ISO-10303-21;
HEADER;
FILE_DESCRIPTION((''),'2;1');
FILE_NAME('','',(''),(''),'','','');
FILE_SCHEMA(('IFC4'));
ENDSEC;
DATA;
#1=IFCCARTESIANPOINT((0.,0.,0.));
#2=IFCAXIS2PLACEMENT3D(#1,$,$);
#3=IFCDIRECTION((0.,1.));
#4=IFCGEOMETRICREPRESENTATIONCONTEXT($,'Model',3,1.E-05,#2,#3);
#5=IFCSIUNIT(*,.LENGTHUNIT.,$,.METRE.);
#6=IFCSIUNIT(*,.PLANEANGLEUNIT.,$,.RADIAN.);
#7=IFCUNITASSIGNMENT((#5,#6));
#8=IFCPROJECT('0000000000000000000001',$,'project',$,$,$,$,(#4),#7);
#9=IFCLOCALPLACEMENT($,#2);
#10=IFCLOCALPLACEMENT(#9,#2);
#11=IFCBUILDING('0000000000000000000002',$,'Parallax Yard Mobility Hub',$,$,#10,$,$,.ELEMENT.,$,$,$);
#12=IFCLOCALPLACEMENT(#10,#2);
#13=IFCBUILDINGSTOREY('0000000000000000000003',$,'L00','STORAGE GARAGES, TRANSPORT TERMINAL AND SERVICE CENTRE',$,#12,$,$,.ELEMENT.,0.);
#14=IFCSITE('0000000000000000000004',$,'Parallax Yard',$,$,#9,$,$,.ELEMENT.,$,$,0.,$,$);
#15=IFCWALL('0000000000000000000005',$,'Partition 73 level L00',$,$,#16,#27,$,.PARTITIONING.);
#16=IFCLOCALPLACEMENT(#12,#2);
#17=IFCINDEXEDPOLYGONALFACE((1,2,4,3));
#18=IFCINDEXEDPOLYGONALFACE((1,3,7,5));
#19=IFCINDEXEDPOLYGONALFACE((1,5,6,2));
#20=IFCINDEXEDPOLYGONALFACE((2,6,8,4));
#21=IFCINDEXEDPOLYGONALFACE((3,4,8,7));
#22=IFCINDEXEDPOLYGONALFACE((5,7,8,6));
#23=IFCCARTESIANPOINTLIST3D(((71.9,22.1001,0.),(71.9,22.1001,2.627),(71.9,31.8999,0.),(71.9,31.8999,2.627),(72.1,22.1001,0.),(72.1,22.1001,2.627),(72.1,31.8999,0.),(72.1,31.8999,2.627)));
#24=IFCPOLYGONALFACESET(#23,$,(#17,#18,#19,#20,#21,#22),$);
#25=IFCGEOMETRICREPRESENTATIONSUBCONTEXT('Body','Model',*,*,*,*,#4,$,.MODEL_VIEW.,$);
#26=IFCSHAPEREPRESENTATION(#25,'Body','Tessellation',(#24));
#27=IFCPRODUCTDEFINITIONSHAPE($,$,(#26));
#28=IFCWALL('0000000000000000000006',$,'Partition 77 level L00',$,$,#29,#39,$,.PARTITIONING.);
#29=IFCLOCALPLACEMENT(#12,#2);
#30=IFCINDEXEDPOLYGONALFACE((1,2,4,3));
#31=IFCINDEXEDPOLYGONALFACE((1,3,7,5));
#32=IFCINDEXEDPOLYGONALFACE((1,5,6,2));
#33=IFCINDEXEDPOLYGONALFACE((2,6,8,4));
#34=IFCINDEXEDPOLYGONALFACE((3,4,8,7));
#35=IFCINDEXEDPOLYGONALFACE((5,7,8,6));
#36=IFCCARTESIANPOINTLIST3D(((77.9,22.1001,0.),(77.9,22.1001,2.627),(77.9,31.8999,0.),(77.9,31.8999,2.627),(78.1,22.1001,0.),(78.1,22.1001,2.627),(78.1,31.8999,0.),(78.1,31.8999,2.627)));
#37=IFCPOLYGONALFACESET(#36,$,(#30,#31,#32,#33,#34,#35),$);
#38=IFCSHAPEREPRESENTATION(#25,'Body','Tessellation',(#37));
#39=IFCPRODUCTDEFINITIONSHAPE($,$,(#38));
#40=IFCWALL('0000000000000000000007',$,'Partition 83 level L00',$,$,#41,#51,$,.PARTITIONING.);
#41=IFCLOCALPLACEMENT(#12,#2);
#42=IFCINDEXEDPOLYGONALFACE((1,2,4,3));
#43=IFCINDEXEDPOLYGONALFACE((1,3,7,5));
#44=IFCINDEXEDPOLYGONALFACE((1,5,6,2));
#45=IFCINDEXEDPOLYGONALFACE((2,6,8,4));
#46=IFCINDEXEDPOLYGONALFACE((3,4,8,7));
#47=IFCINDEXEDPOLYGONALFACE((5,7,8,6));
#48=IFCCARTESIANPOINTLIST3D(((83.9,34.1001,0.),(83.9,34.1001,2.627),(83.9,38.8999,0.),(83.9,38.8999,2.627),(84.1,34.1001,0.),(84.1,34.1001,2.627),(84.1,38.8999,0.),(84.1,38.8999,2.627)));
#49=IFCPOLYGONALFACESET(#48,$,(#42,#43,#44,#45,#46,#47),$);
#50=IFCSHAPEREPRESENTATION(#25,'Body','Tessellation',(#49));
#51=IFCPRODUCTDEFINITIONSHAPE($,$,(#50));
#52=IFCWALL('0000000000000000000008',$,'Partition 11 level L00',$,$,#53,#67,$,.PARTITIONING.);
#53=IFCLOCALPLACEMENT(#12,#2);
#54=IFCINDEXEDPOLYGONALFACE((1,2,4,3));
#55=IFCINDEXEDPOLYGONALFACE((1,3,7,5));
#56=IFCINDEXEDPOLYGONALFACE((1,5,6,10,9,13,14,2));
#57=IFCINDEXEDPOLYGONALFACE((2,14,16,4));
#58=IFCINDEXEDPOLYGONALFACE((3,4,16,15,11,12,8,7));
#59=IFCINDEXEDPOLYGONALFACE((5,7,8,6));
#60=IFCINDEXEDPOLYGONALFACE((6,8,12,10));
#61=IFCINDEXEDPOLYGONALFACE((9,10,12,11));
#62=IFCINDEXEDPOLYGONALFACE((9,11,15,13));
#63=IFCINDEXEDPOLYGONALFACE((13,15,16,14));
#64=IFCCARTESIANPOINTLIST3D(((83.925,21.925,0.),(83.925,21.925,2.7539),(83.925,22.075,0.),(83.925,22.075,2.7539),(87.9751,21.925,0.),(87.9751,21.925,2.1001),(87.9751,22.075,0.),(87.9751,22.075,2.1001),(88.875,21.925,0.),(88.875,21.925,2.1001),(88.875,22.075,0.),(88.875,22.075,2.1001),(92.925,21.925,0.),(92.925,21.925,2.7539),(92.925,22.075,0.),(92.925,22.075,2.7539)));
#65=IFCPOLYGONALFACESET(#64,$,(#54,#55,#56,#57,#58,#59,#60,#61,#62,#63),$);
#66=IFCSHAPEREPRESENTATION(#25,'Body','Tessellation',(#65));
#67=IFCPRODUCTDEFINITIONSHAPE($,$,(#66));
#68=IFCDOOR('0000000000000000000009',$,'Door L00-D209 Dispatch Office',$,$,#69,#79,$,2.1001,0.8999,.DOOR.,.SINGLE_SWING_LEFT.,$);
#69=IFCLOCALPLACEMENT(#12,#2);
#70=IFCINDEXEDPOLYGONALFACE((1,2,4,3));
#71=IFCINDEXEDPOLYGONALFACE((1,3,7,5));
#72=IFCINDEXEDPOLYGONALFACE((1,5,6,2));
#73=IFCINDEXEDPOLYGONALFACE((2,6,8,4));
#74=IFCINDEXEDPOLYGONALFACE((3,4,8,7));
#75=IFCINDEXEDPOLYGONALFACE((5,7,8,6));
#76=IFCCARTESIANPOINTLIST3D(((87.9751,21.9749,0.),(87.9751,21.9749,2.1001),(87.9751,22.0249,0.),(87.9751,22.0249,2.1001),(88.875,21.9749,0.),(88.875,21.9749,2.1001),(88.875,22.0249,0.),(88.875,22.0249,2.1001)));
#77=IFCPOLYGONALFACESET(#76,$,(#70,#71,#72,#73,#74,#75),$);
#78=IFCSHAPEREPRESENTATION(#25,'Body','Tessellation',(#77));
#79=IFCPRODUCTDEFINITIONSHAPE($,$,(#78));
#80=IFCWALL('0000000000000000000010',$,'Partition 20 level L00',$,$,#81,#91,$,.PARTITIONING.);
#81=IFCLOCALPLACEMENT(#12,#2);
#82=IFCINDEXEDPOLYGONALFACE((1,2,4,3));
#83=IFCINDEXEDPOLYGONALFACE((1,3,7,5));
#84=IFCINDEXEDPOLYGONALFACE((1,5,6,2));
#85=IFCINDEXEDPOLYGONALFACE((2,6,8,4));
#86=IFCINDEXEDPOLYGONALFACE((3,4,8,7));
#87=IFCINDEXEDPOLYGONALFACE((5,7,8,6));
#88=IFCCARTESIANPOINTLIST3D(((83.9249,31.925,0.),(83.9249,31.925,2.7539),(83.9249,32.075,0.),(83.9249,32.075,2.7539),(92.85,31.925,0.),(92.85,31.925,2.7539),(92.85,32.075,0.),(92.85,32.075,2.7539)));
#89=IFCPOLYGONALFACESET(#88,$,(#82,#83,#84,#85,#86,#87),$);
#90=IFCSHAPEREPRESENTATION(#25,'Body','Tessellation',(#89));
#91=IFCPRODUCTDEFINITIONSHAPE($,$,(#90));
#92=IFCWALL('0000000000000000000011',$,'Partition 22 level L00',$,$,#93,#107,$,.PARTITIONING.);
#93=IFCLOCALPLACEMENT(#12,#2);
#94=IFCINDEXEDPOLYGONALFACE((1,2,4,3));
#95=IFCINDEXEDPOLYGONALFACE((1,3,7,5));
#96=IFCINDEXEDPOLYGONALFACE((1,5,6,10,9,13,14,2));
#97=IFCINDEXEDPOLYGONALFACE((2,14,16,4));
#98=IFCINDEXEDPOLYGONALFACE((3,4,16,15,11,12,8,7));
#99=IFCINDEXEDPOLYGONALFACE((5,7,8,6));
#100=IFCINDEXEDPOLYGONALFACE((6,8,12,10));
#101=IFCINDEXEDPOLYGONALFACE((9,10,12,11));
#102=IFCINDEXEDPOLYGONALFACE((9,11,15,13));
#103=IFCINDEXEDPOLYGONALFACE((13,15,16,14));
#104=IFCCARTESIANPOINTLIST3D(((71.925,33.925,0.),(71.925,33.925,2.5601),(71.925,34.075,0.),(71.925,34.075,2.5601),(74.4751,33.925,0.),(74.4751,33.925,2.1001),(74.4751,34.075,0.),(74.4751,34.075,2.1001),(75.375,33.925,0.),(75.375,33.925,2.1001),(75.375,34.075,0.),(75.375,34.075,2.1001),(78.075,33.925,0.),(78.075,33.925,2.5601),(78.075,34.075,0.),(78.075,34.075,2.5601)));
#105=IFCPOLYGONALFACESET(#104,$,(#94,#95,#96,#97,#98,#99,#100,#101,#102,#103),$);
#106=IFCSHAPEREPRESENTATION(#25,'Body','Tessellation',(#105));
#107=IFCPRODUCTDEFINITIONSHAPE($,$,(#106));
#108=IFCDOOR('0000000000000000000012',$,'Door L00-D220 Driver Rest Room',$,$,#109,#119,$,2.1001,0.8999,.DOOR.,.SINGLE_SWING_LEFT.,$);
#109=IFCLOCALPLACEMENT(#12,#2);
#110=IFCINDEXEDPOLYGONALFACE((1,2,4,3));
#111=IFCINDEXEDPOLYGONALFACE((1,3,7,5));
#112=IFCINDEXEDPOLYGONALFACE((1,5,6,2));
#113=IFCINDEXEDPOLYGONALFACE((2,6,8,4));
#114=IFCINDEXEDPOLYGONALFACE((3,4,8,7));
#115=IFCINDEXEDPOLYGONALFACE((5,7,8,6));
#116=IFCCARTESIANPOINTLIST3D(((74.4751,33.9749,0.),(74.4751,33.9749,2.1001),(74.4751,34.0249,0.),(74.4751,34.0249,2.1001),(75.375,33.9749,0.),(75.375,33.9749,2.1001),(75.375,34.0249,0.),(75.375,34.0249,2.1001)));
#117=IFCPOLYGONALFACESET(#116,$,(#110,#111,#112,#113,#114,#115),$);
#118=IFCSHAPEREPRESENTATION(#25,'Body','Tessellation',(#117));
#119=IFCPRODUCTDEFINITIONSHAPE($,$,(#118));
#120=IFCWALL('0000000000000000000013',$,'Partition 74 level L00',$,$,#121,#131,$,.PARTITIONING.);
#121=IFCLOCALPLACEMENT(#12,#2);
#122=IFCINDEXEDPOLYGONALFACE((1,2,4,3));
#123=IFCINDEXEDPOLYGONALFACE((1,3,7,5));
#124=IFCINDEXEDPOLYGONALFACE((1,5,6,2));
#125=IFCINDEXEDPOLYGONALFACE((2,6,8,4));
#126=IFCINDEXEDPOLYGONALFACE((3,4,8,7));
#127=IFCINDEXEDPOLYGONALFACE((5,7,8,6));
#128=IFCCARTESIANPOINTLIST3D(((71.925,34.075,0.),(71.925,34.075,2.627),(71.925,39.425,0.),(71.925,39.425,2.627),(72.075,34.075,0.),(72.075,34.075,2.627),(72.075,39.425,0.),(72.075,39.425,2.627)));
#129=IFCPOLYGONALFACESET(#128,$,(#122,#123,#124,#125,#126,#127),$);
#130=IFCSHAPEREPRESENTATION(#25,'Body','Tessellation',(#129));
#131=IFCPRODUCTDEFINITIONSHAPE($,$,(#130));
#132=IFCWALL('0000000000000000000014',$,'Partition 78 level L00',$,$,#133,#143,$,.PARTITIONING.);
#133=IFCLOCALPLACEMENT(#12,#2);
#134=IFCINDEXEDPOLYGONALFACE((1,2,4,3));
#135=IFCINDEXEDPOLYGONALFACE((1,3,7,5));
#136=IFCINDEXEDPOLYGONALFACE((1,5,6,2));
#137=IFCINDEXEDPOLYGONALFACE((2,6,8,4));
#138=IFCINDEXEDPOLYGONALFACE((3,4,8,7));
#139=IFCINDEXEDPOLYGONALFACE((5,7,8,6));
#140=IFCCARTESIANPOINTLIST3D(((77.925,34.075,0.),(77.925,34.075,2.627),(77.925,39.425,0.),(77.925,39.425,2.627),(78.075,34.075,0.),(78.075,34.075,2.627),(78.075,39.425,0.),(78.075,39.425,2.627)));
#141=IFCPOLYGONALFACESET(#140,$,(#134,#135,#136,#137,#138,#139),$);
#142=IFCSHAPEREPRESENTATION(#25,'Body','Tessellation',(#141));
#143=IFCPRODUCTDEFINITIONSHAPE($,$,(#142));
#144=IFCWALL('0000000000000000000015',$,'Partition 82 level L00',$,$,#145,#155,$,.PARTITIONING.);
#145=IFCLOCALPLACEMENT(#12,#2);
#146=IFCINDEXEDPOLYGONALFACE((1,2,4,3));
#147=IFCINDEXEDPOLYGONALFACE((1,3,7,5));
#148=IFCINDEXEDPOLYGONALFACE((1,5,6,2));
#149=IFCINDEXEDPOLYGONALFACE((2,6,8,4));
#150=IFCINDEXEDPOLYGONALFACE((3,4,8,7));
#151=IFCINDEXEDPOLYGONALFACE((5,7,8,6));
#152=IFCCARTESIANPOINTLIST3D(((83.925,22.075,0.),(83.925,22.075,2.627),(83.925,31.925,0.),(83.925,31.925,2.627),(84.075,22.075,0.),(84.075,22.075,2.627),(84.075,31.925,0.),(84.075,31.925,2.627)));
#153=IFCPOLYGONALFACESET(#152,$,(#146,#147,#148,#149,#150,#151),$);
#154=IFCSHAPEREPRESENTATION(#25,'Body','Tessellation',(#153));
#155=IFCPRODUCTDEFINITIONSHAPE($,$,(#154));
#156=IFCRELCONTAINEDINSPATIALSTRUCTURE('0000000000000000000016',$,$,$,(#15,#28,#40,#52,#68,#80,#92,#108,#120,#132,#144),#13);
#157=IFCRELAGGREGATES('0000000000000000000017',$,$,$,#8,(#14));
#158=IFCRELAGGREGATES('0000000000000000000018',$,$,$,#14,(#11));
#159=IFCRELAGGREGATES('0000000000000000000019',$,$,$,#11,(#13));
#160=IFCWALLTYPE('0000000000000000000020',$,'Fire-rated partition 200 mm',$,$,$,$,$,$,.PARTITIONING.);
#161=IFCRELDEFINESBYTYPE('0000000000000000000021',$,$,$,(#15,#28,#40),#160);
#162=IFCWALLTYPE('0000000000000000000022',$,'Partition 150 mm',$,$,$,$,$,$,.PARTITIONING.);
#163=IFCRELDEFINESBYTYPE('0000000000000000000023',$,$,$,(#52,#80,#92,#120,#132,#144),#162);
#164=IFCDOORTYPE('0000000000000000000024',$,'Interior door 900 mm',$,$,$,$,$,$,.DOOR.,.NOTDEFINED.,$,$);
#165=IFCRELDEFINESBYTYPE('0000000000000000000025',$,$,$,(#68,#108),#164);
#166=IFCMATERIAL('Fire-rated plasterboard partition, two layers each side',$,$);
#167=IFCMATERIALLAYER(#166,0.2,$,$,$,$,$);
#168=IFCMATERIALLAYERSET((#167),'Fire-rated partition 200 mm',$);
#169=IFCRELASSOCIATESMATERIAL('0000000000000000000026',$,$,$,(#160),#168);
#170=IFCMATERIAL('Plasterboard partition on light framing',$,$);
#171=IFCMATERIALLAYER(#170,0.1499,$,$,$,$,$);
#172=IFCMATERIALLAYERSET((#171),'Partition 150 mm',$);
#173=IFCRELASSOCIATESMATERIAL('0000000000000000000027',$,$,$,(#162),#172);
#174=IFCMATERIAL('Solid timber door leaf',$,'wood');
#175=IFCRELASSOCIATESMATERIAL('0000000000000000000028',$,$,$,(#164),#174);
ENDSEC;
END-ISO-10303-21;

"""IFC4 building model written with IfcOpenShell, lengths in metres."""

from ifc_helpers import new_model, si_unit, direction, frame, frame_2d, origin, place, context, subcontext, project, spatial, rectangle, extrude, material, layer, layer_set, type_object, element, fill, save


model = new_model("IFC4")

# Units and contexts
model_context = context("Model", 3, precision=1e-05, world=origin(), true_north=direction((0.0, 1.0)))
body_context = subcontext(model_context, "Body", "Model", "MODEL_VIEW")
ifc_project = project(units=[si_unit("LENGTHUNIT", "METRE"), si_unit("PLANEANGLEUNIT", "RADIAN")], contexts=[model_context])

# Site, building, storey
site_placement = place(None, origin())
site = spatial("IfcSite", under=ifc_project, at=site_placement, Name="Parallax Yard", CompositionType="ELEMENT", RefElevation=0.0)
building_placement = place(site_placement, origin())
building = spatial("IfcBuilding", under=site, at=building_placement, Name="Parallax Yard Mobility Hub", CompositionType="ELEMENT")
storey_placement = place(building_placement, origin())
storey = spatial("IfcBuildingStorey", under=building, at=storey_placement, Name="L00", Description="STORAGE GARAGES, TRANSPORT TERMINAL AND SERVICE CENTRE", CompositionType="ELEMENT", Elevation=0.0)

# Shared definitions
ifc_material_1 = material(Name="Fire-rated plasterboard partition, two layers each side")
ifc_layer_1 = layer(ifc_material_1, 0.2)
ifc_layer_set_1 = layer_set([ifc_layer_1], Name="Fire-rated partition 200 mm")
wall_type_1 = type_object("IfcWallType", Name="Fire-rated partition 200 mm", PredefinedType="PARTITIONING", material=ifc_layer_set_1)

# Walls
for number, where, z_axis, x_axis, name in (
    (1, (72.0, 22.1001, 0.0), (0.0, 0.0, 1.0), (0.0, 1.0, 0.0), "Partition 73 level L00"),
    (2, (78.0, 22.1001, 0.0), (0.0, 0.0, 1.0), (0.0, 1.0, 0.0), "Partition 77 level L00"),
):
    element("IfcWall", number, at=place(storey_placement, frame(where, z_axis=z_axis, x_axis=x_axis)), inside=storey, type_object=wall_type_1, Name=name, PredefinedType="PARTITIONING", context=body_context, shape_type="SweptSolid", body=[
        extrude(rectangle(XDim=9.7998, YDim=0.2, at=frame_2d((4.8999, 0.0))), origin(), (0.0, 0.0, 1.0), 2.627),
    ])
wall_1_placement = place(storey_placement, frame((84.0, 34.1001, 0.0), z_axis=(0.0, 0.0, 1.0), x_axis=(0.0, 1.0, 0.0)))
element("IfcWall", 3, at=wall_1_placement, inside=storey, type_object=wall_type_1, Name="Partition 83 level L00", PredefinedType="PARTITIONING", context=body_context, shape_type="SweptSolid", body=[
    extrude(rectangle(XDim=4.7998, YDim=0.2, at=frame_2d((2.3999, 0.0))), origin(), (0.0, 0.0, 1.0), 2.627),
])

# Wall, opening, door
ifc_material_2 = material(Name="Plasterboard partition on light framing")
ifc_layer_2 = layer(ifc_material_2, 0.1499)
ifc_layer_set_2 = layer_set([ifc_layer_2], Name="Partition 150 mm")
wall_type_2 = type_object("IfcWallType", Name="Partition 150 mm", PredefinedType="PARTITIONING", material=ifc_layer_set_2)
wall_2_placement = place(storey_placement, frame((83.925, 22.0, 0.0), z_axis=(0.0, 0.0, 1.0), x_axis=(1.0, 0.0, 0.0)))
wall_2 = element("IfcWall", 4, at=wall_2_placement, inside=storey, type_object=wall_type_2, Name="Partition 11 level L00", PredefinedType="PARTITIONING", context=body_context, shape_type="SweptSolid", body=[
    extrude(rectangle(XDim=9.0, YDim=0.1499, at=frame_2d((4.5, 0.0))), origin(), (0.0, 0.0, 1.0), 2.7539),
])
opening_1_placement = place(wall_2_placement, frame((4.05, 0.0, 0.0)))
opening_1 = element("IfcOpeningElement", 5, at=opening_1_placement, cuts=wall_2, PredefinedType="OPENING", context=body_context, shape_type="SweptSolid", body=[
    extrude(rectangle(XDim=0.8999, YDim=2.1001, at=frame_2d((0.45, 1.05))), frame((0.0, 0.085, 0.0), z_axis=(0.0, -1.0, 0.0), x_axis=(1.0, 0.0, 0.0)), (0.0, 0.0, 1.0), 0.1699),
])
ifc_material_3 = material(Name="Solid timber door leaf", Category="wood")
door_type_1 = type_object("IfcDoorType", Name="Interior door 900 mm", OperationType="NOTDEFINED", PredefinedType="DOOR", material=ifc_material_3)
door_1_placement = place(opening_1_placement, origin())
door_1 = element("IfcDoor", 6, at=door_1_placement, inside=storey, type_object=door_type_1, Name="Door L00-D209 Dispatch Office", OperationType="SINGLE_SWING_LEFT", OverallHeight=2.1001, OverallWidth=0.8999, PredefinedType="DOOR", context=body_context, shape_type="SweptSolid", body=[
    extrude(rectangle(XDim=0.8999, YDim=2.1001, at=frame_2d((0.45, 1.05))), frame((0.0, 0.0249, 0.0), z_axis=(0.0, -1.0, 0.0), x_axis=(1.0, 0.0, 0.0)), (0.0, 0.0, 1.0), 0.05),
])
fill(opening_1, door_1)

# Wall
wall_3_placement = place(storey_placement, frame((83.925, 32.0, 0.0), z_axis=(0.0, 0.0, 1.0), x_axis=(1.0, 0.0, 0.0)))
element("IfcWall", 7, at=wall_3_placement, inside=storey, type_object=wall_type_2, Name="Partition 20 level L00", PredefinedType="PARTITIONING", context=body_context, shape_type="SweptSolid", body=[
    extrude(rectangle(XDim=8.925, YDim=0.1499, at=frame_2d((4.4624, 0.0))), origin(), (0.0, 0.0, 1.0), 2.7539),
])

# Wall, opening, door
wall_4_placement = place(storey_placement, frame((71.925, 34.0, 0.0), z_axis=(0.0, 0.0, 1.0), x_axis=(1.0, 0.0, 0.0)))
wall_4 = element("IfcWall", 8, at=wall_4_placement, inside=storey, type_object=wall_type_2, Name="Partition 22 level L00", PredefinedType="PARTITIONING", context=body_context, shape_type="SweptSolid", body=[
    extrude(rectangle(XDim=6.1499, YDim=0.1499, at=frame_2d((3.075, 0.0))), origin(), (0.0, 0.0, 1.0), 2.5601),
])
opening_2_placement = place(wall_4_placement, frame((2.55, 0.0, 0.0)))
opening_2 = element("IfcOpeningElement", 9, at=opening_2_placement, cuts=wall_4, PredefinedType="OPENING", context=body_context, shape_type="SweptSolid", body=[
    extrude(rectangle(XDim=0.8999, YDim=2.1001, at=frame_2d((0.45, 1.05))), frame((0.0, 0.085, 0.0), z_axis=(0.0, -1.0, 0.0), x_axis=(1.0, 0.0, 0.0)), (0.0, 0.0, 1.0), 0.1699),
])
door_2_placement = place(opening_2_placement, origin())
door_2 = element("IfcDoor", 10, at=door_2_placement, inside=storey, type_object=door_type_1, Name="Door L00-D220 Driver Rest Room", OperationType="SINGLE_SWING_LEFT", OverallHeight=2.1001, OverallWidth=0.8999, PredefinedType="DOOR", context=body_context, shape_type="SweptSolid", body=[
    extrude(rectangle(XDim=0.8999, YDim=2.1001, at=frame_2d((0.45, 1.05))), frame((0.0, 0.0249, 0.0), z_axis=(0.0, -1.0, 0.0), x_axis=(1.0, 0.0, 0.0)), (0.0, 0.0, 1.0), 0.05),
])
fill(opening_2, door_2)

# Walls
for number, where, z_axis, x_axis, name in (
    (11, (72.0, 34.075, 0.0), (0.0, 0.0, 1.0), (0.0, 1.0, 0.0), "Partition 74 level L00"),
    (12, (78.0, 34.075, 0.0), (0.0, 0.0, 1.0), (0.0, 1.0, 0.0), "Partition 78 level L00"),
):
    element("IfcWall", number, at=place(storey_placement, frame(where, z_axis=z_axis, x_axis=x_axis)), inside=storey, type_object=wall_type_2, Name=name, PredefinedType="PARTITIONING", context=body_context, shape_type="SweptSolid", body=[
        extrude(rectangle(XDim=5.3501, YDim=0.1499, at=frame_2d((2.675, 0.0))), origin(), (0.0, 0.0, 1.0), 2.627),
    ])
wall_5_placement = place(storey_placement, frame((84.0, 22.075, 0.0), z_axis=(0.0, 0.0, 1.0), x_axis=(0.0, 1.0, 0.0)))
element("IfcWall", 13, at=wall_5_placement, inside=storey, type_object=wall_type_2, Name="Partition 82 level L00", PredefinedType="PARTITIONING", context=body_context, shape_type="SweptSolid", body=[
    extrude(rectangle(XDim=9.8501, YDim=0.1499, at=frame_2d((4.925, 0.0))), origin(), (0.0, 0.0, 1.0), 2.627),
])

save(model, "model.ifc")
